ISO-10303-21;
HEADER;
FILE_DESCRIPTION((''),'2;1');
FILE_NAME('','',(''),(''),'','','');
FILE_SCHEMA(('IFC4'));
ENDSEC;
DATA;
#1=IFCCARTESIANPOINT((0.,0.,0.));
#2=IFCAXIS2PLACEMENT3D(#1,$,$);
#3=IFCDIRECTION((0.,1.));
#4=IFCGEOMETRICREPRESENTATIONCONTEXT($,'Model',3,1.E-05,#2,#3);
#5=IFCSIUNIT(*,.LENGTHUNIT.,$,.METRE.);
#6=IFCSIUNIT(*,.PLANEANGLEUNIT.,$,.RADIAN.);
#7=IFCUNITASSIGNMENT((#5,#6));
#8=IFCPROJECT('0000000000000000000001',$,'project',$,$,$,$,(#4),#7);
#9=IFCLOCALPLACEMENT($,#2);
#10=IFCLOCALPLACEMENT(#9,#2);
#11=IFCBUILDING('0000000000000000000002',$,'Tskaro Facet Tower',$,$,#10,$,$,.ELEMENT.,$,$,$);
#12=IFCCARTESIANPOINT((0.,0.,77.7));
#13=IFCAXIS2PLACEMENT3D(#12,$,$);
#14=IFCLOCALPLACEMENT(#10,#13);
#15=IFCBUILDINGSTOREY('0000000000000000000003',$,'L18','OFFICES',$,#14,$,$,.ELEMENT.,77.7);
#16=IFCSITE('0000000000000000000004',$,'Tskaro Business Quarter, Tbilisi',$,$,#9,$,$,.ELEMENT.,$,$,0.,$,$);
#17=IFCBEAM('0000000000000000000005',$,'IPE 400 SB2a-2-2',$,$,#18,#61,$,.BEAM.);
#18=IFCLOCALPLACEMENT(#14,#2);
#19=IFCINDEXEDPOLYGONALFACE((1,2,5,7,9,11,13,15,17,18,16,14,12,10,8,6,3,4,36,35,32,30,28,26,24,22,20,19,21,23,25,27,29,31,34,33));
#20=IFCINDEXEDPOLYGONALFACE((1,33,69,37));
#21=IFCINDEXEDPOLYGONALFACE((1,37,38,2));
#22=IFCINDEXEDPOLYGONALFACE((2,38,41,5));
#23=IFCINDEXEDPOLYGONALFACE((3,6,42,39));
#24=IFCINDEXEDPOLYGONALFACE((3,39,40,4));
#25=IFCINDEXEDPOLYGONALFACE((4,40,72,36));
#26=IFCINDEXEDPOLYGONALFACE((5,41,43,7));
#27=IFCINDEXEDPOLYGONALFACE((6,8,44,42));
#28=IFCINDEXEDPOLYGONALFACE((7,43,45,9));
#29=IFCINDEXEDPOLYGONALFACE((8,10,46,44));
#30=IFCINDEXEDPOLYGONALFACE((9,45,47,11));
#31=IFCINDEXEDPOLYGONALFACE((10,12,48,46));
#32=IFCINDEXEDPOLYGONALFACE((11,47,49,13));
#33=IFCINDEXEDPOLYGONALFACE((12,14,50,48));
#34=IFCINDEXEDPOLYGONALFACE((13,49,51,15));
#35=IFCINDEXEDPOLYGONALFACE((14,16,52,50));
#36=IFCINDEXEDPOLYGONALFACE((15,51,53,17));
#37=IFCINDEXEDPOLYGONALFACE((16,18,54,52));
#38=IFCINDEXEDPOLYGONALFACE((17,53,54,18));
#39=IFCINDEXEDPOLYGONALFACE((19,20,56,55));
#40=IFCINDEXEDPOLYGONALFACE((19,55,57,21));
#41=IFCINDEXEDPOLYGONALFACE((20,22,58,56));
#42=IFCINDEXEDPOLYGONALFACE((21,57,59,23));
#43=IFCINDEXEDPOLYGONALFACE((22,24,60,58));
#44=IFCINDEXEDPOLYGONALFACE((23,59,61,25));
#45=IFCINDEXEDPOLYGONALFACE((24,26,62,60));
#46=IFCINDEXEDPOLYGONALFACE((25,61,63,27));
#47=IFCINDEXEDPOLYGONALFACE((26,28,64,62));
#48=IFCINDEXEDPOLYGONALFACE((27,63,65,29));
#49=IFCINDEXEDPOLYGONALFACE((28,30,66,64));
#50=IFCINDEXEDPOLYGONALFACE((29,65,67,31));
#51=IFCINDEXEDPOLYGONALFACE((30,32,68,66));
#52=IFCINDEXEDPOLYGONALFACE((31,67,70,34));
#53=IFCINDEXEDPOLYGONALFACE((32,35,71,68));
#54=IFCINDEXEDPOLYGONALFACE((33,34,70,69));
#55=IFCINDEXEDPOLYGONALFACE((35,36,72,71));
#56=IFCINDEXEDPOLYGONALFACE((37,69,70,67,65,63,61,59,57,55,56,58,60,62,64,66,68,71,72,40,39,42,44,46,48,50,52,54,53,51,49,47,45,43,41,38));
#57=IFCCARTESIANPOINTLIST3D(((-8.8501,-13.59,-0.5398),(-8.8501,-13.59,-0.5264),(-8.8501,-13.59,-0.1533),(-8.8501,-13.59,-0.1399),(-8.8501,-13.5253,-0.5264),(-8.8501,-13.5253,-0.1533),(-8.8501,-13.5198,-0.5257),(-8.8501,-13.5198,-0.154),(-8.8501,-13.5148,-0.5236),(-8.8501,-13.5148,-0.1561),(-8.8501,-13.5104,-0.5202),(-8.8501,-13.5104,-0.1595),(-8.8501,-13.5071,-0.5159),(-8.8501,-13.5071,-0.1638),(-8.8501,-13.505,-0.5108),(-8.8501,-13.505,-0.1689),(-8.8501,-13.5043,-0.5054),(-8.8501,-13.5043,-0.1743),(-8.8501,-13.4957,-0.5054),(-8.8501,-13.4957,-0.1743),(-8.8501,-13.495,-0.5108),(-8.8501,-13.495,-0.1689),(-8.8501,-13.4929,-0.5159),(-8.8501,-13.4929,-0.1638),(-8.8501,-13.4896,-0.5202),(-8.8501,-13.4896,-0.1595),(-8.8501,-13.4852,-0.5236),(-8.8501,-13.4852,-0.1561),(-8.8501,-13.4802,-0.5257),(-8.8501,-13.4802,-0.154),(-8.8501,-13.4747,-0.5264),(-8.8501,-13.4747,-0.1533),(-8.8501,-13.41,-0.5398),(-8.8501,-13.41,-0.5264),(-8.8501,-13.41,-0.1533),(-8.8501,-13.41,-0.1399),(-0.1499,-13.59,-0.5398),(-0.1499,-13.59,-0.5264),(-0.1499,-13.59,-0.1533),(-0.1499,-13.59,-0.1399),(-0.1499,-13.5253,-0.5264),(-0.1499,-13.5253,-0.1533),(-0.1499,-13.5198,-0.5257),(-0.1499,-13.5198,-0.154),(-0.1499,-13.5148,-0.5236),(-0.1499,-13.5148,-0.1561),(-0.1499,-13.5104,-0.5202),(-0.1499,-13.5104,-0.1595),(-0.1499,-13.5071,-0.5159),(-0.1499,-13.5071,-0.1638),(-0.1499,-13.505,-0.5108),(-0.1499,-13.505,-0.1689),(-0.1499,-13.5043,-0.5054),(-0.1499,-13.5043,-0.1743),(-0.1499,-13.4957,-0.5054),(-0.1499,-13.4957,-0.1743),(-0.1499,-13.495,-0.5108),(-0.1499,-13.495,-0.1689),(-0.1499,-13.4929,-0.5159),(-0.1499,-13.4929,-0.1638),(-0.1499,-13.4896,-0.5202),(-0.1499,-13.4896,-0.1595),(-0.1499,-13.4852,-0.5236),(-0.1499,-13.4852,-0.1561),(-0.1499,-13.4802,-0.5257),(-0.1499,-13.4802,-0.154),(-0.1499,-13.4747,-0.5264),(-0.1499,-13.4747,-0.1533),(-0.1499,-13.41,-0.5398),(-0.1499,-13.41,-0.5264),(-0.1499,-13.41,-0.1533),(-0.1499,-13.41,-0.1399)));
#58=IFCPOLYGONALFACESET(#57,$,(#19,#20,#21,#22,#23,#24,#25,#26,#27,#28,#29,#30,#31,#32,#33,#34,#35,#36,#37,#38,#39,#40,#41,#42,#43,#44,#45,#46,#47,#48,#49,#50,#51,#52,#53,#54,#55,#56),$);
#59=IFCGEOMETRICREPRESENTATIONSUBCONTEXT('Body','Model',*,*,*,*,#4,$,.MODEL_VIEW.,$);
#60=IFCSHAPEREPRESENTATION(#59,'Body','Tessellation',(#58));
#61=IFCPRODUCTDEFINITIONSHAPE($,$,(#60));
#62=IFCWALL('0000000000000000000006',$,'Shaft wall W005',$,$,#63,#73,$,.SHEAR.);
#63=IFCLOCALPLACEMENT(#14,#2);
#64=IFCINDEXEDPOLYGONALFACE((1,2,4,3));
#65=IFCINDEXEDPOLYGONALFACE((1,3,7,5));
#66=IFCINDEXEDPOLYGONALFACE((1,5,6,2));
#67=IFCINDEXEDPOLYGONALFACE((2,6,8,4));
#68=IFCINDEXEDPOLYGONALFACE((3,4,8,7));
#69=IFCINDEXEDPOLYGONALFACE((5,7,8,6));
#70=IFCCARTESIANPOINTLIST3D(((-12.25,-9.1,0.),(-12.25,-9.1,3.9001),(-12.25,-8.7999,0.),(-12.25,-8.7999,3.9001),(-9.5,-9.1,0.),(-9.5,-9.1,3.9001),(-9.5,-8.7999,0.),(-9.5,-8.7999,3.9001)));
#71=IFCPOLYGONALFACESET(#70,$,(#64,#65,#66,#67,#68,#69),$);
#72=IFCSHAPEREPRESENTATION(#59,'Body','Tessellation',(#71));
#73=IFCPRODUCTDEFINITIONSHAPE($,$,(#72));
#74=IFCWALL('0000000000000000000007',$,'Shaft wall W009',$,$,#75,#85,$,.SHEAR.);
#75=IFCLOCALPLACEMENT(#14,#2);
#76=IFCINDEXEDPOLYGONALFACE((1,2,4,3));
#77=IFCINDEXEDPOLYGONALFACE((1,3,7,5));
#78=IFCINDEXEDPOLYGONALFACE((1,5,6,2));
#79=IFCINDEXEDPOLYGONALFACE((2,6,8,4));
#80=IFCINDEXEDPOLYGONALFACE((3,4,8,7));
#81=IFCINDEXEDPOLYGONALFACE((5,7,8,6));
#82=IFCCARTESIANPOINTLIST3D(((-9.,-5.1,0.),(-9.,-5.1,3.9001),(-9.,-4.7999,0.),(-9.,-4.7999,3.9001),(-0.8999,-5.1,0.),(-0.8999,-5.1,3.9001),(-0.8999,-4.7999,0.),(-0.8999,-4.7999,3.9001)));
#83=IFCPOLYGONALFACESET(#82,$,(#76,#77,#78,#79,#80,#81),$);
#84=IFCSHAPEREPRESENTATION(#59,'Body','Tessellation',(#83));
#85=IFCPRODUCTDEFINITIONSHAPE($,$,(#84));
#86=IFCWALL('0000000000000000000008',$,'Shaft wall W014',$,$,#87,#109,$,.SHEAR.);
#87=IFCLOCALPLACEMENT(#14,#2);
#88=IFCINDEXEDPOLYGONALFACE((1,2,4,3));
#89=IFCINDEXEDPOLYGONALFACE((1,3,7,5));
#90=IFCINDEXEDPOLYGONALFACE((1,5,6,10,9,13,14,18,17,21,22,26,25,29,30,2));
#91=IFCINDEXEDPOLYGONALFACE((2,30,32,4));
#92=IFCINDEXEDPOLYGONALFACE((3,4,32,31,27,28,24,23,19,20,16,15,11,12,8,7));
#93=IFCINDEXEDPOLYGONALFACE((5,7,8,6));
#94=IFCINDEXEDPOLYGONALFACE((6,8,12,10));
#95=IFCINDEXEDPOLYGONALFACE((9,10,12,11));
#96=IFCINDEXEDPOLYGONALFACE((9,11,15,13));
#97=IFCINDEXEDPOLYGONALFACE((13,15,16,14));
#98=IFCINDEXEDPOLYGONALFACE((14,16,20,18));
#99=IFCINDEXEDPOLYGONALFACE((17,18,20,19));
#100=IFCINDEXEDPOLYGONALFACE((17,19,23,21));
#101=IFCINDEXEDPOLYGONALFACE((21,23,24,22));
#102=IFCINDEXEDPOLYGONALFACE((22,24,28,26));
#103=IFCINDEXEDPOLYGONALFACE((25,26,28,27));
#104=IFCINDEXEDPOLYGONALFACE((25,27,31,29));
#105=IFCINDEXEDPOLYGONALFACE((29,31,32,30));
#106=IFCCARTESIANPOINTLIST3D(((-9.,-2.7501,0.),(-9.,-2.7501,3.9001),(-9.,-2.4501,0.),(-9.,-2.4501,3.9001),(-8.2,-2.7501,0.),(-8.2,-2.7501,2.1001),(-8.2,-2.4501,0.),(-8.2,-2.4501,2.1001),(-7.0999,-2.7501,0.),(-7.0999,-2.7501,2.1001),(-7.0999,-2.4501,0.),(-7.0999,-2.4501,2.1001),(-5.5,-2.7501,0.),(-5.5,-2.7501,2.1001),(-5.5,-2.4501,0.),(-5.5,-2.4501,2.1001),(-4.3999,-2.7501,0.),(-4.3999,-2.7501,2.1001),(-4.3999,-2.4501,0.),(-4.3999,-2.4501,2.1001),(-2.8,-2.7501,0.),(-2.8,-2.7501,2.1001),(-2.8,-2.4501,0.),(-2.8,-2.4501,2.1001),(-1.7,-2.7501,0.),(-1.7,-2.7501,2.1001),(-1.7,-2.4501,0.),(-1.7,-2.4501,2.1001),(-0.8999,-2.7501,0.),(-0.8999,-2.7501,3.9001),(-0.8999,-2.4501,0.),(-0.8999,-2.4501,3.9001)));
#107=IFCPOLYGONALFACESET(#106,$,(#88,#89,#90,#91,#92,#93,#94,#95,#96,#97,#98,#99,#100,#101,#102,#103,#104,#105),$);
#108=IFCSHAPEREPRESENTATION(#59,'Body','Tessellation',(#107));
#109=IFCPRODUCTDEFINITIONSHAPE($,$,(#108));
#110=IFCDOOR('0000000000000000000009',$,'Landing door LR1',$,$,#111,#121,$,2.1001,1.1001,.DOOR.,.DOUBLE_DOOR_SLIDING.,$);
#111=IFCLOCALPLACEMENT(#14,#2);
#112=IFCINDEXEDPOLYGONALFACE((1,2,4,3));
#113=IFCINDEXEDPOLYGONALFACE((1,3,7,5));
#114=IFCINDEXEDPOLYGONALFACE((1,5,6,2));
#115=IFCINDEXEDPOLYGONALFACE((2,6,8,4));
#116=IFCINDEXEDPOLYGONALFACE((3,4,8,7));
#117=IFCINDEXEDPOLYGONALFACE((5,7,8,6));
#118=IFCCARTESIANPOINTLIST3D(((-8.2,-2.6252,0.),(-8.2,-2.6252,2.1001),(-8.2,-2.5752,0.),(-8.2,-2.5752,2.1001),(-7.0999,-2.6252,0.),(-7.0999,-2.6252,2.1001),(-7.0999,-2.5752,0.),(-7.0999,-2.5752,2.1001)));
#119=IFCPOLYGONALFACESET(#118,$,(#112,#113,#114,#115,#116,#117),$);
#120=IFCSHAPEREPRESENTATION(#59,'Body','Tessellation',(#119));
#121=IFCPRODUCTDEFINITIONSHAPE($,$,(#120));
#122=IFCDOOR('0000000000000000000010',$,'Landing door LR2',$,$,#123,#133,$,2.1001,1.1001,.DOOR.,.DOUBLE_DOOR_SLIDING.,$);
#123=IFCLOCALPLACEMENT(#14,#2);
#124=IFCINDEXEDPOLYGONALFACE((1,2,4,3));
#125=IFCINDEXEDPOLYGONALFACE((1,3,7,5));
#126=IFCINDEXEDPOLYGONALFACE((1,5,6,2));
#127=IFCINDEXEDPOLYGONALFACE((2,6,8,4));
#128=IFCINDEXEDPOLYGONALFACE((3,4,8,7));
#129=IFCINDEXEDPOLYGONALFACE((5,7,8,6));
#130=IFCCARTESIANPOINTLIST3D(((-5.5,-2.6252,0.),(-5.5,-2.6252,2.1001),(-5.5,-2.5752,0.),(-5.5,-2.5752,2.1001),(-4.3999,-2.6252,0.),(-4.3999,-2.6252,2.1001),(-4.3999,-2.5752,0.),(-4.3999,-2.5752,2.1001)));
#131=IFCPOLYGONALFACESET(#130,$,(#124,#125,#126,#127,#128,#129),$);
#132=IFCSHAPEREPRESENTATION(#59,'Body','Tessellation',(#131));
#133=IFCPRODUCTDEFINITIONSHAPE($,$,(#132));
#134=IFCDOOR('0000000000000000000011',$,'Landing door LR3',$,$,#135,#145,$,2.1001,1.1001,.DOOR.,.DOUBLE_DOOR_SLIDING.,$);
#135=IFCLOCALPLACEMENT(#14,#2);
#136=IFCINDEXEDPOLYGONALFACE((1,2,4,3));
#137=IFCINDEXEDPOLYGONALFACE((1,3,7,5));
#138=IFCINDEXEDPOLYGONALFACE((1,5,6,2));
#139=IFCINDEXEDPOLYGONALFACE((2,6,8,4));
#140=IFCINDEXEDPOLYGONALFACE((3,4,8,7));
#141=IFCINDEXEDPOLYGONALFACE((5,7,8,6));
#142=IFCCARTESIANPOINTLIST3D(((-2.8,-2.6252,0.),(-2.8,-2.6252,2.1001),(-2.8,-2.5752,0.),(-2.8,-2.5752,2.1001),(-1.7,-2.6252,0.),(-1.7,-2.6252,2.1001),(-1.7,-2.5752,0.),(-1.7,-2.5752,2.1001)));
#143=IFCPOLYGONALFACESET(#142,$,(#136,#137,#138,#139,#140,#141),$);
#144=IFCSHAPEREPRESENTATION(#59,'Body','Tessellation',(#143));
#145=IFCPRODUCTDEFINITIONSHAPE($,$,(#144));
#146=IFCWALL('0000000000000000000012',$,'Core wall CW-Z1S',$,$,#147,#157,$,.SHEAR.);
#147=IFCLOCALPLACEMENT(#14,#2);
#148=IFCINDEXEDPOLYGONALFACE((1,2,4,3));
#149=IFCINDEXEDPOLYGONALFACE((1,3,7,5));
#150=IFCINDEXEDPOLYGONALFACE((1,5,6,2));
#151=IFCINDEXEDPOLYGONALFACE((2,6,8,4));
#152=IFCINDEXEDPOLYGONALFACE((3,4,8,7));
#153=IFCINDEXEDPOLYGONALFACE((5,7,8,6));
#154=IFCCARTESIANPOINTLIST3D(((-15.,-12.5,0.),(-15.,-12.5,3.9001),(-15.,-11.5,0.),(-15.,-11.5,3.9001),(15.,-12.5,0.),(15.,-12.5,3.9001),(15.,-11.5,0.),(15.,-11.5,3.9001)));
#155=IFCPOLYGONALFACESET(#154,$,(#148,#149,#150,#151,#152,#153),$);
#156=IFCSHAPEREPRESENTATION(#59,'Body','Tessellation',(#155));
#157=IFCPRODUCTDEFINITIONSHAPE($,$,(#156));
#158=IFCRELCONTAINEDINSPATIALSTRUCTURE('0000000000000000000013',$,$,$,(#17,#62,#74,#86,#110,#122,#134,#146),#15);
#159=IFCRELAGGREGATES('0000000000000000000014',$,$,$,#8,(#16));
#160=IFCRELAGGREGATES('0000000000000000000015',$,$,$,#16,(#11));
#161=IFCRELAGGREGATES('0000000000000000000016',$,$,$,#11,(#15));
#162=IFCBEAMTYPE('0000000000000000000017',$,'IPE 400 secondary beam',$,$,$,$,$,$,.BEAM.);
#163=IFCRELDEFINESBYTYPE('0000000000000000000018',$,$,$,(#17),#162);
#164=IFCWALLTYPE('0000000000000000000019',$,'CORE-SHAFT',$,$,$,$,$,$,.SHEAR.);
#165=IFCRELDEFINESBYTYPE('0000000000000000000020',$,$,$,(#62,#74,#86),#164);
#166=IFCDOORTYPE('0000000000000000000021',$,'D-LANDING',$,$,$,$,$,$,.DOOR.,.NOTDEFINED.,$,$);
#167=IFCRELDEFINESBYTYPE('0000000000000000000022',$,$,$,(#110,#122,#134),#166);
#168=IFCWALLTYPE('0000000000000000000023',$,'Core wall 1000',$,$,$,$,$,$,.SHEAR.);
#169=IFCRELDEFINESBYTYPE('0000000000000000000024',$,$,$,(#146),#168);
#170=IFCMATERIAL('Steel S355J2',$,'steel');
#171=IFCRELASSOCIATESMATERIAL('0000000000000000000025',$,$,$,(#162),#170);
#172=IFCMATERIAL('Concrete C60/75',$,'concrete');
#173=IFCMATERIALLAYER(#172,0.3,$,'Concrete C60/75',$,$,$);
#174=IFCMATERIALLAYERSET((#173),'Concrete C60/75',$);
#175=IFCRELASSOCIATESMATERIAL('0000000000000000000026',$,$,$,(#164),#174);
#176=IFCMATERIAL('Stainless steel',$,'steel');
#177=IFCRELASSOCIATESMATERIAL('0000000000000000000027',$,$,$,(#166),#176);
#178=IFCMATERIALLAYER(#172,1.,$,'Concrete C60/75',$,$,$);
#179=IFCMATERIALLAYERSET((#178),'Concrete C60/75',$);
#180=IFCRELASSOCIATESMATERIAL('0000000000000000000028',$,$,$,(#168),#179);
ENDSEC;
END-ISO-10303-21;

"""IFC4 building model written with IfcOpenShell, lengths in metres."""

from ifc_helpers import new_model, si_unit, direction, frame, frame_2d, origin, origin_2d, place, context, subcontext, project, spatial, rectangle, i_section, extrude, material, layer, layer_set, material_profile, profile_set, type_object, element, fill, save


model = new_model("IFC4")

# Units and contexts
model_context = context("Model", 3, precision=1e-05, world=origin(), true_north=direction((0.0, 1.0)))
body_context = subcontext(model_context, "Body", "Model", "MODEL_VIEW")
ifc_project = project(units=[si_unit("LENGTHUNIT", "METRE"), si_unit("PLANEANGLEUNIT", "RADIAN")], contexts=[model_context])

# Site, building, storey
site_placement = place(None, origin())
site = spatial("IfcSite", under=ifc_project, at=site_placement, Name="Tskaro Business Quarter, Tbilisi", CompositionType="ELEMENT", RefElevation=0.0)
building_placement = place(site_placement, origin())
building = spatial("IfcBuilding", under=site, at=building_placement, Name="Tskaro Facet Tower", CompositionType="ELEMENT")
storey_placement = place(building_placement, frame((0.0, 0.0, 77.7)))
storey = spatial("IfcBuildingStorey", under=building, at=storey_placement, Name="L18", Description="OFFICES", CompositionType="ELEMENT", Elevation=77.7)

# Beam
ifc_material_1 = material(Name="Steel S355J2", Category="steel")
ifc_material_profile = material_profile(ifc_material_1, i_section(OverallWidth=0.1799, OverallDepth=0.3999, WebThickness=0.0085, FlangeThickness=0.0134, FilletRadius=0.021, at=origin_2d()), Name="IPE 400")
ifc_profile_set = profile_set([ifc_material_profile], Name="Steel S355J2")
beam_type = type_object("IfcBeamType", Name="IPE 400 secondary beam", PredefinedType="BEAM", material=ifc_profile_set)
beam_placement = place(storey_placement, frame((-8.8501, -13.5, -0.3398), z_axis=(1.0, 0.0, 0.0), x_axis=(0.0, 1.0, 0.0)))
element("IfcBeam", 1, at=beam_placement, inside=storey, type_object=beam_type, Name="IPE 400 SB2a-2-2", PredefinedType="BEAM", context=body_context, shape_type="SweptSolid", body=[
    extrude(i_section(OverallWidth=0.1799, OverallDepth=0.3999, WebThickness=0.0085, FlangeThickness=0.0134, FilletRadius=0.021, at=origin_2d()), origin(), (0.0, 0.0, 1.0), 8.7002),
])

# Walls
ifc_material_2 = material(Name="Concrete C60/75", Category="concrete")
ifc_layer_1 = layer(ifc_material_2, 0.3, Name="Concrete C60/75")
ifc_layer_set_1 = layer_set([ifc_layer_1], Name="Concrete C60/75")
wall_type_1 = type_object("IfcWallType", Name="CORE-SHAFT", PredefinedType="SHEAR", material=ifc_layer_set_1)
wall_1_placement = place(storey_placement, frame((-12.25, -8.95, 0.0), z_axis=(0.0, 0.0, 1.0), x_axis=(1.0, 0.0, 0.0)))
element("IfcWall", 2, at=wall_1_placement, inside=storey, type_object=wall_type_1, Name="Shaft wall W005", PredefinedType="SHEAR", context=body_context, shape_type="SweptSolid", body=[
    extrude(rectangle(XDim=2.75, YDim=0.3, at=frame_2d((1.375, 0.0))), origin(), (0.0, 0.0, 1.0), 3.9001),
])
wall_2_placement = place(storey_placement, frame((-9.0, -4.95, 0.0), z_axis=(0.0, 0.0, 1.0), x_axis=(1.0, 0.0, 0.0)))
element("IfcWall", 3, at=wall_2_placement, inside=storey, type_object=wall_type_1, Name="Shaft wall W009", PredefinedType="SHEAR", context=body_context, shape_type="SweptSolid", body=[
    extrude(rectangle(XDim=8.1001, YDim=0.3, at=frame_2d((4.05, 0.0))), origin(), (0.0, 0.0, 1.0), 3.9001),
])

# Wall, openings, doors
wall_3_placement = place(storey_placement, frame((-9.0, -2.6001, 0.0), z_axis=(0.0, 0.0, 1.0), x_axis=(1.0, 0.0, 0.0)))
wall_3 = element("IfcWall", 4, at=wall_3_placement, inside=storey, type_object=wall_type_1, Name="Shaft wall W014", PredefinedType="SHEAR", context=body_context, shape_type="SweptSolid", body=[
    extrude(rectangle(XDim=8.1001, YDim=0.3, at=frame_2d((4.05, 0.0))), origin(), (0.0, 0.0, 1.0), 3.9001),
])
opening_1_placement = place(wall_3_placement, frame((0.8, 0.0, 0.0)))
opening_1 = element("IfcOpeningElement", 5, at=opening_1_placement, cuts=wall_3, PredefinedType="OPENING", context=body_context, shape_type="SweptSolid", body=[
    extrude(rectangle(XDim=1.1001, YDim=2.1001, at=frame_2d((0.55, 1.05))), frame((0.0, 0.1599, 0.0), z_axis=(0.0, -1.0, 0.0), x_axis=(1.0, 0.0, 0.0)), (0.0, 0.0, 1.0), 0.3201),
])
opening_2_placement = place(wall_3_placement, frame((3.5, 0.0, 0.0)))
opening_2 = element("IfcOpeningElement", 6, at=opening_2_placement, cuts=wall_3, PredefinedType="OPENING", context=body_context, shape_type="SweptSolid", body=[
    extrude(rectangle(XDim=1.1001, YDim=2.1001, at=frame_2d((0.55, 1.05))), frame((0.0, 0.1599, 0.0), z_axis=(0.0, -1.0, 0.0), x_axis=(1.0, 0.0, 0.0)), (0.0, 0.0, 1.0), 0.3201),
])
opening_3_placement = place(wall_3_placement, frame((6.2, 0.0, 0.0)))
opening_3 = element("IfcOpeningElement", 7, at=opening_3_placement, cuts=wall_3, PredefinedType="OPENING", context=body_context, shape_type="SweptSolid", body=[
    extrude(rectangle(XDim=1.1001, YDim=2.1001, at=frame_2d((0.55, 1.05))), frame((0.0, 0.1599, 0.0), z_axis=(0.0, -1.0, 0.0), x_axis=(1.0, 0.0, 0.0)), (0.0, 0.0, 1.0), 0.3201),
])
ifc_material_3 = material(Name="Stainless steel", Category="steel")
door_type_1 = type_object("IfcDoorType", Name="D-LANDING", OperationType="NOTDEFINED", PredefinedType="DOOR", material=ifc_material_3)
door_1_placement = place(opening_1_placement, origin())
door_1 = element("IfcDoor", 8, at=door_1_placement, inside=storey, type_object=door_type_1, Name="Landing door LR1", OperationType="DOUBLE_DOOR_SLIDING", OverallHeight=2.1001, OverallWidth=1.1001, PredefinedType="DOOR", context=body_context, shape_type="SweptSolid", body=[
    extrude(rectangle(XDim=1.1001, YDim=2.1001, at=frame_2d((0.55, 1.05))), frame((0.0, 0.0249, 0.0), z_axis=(0.0, -1.0, 0.0), x_axis=(1.0, 0.0, 0.0)), (0.0, 0.0, 1.0), 0.05),
])
fill(opening_1, door_1)
door_2_placement = place(opening_2_placement, origin())
door_2 = element("IfcDoor", 9, at=door_2_placement, inside=storey, type_object=door_type_1, Name="Landing door LR2", OperationType="DOUBLE_DOOR_SLIDING", OverallHeight=2.1001, OverallWidth=1.1001, PredefinedType="DOOR", context=body_context, shape_type="SweptSolid", body=[
    extrude(rectangle(XDim=1.1001, YDim=2.1001, at=frame_2d((0.55, 1.05))), frame((0.0, 0.0249, 0.0), z_axis=(0.0, -1.0, 0.0), x_axis=(1.0, 0.0, 0.0)), (0.0, 0.0, 1.0), 0.05),
])
fill(opening_2, door_2)
door_3_placement = place(opening_3_placement, origin())
door_3 = element("IfcDoor", 10, at=door_3_placement, inside=storey, type_object=door_type_1, Name="Landing door LR3", OperationType="DOUBLE_DOOR_SLIDING", OverallHeight=2.1001, OverallWidth=1.1001, PredefinedType="DOOR", context=body_context, shape_type="SweptSolid", body=[
    extrude(rectangle(XDim=1.1001, YDim=2.1001, at=frame_2d((0.55, 1.05))), frame((0.0, 0.0249, 0.0), z_axis=(0.0, -1.0, 0.0), x_axis=(1.0, 0.0, 0.0)), (0.0, 0.0, 1.0), 0.05),
])
fill(opening_3, door_3)

# Wall
ifc_layer_2 = layer(ifc_material_2, 1.0, Name="Concrete C60/75")
ifc_layer_set_2 = layer_set([ifc_layer_2], Name="Concrete C60/75")
wall_type_2 = type_object("IfcWallType", Name="Core wall 1000", PredefinedType="SHEAR", material=ifc_layer_set_2)
wall_4_placement = place(storey_placement, frame((-15.0, -12.0, 0.0), z_axis=(0.0, 0.0, 1.0), x_axis=(1.0, 0.0, 0.0)))
element("IfcWall", 11, at=wall_4_placement, inside=storey, type_object=wall_type_2, Name="Core wall CW-Z1S", PredefinedType="SHEAR", context=body_context, shape_type="SweptSolid", body=[
    extrude(rectangle(XDim=30.0, YDim=1.0, at=frame_2d((15.0, 0.0))), origin(), (0.0, 0.0, 1.0), 3.9001),
])

save(model, "model.ifc")
